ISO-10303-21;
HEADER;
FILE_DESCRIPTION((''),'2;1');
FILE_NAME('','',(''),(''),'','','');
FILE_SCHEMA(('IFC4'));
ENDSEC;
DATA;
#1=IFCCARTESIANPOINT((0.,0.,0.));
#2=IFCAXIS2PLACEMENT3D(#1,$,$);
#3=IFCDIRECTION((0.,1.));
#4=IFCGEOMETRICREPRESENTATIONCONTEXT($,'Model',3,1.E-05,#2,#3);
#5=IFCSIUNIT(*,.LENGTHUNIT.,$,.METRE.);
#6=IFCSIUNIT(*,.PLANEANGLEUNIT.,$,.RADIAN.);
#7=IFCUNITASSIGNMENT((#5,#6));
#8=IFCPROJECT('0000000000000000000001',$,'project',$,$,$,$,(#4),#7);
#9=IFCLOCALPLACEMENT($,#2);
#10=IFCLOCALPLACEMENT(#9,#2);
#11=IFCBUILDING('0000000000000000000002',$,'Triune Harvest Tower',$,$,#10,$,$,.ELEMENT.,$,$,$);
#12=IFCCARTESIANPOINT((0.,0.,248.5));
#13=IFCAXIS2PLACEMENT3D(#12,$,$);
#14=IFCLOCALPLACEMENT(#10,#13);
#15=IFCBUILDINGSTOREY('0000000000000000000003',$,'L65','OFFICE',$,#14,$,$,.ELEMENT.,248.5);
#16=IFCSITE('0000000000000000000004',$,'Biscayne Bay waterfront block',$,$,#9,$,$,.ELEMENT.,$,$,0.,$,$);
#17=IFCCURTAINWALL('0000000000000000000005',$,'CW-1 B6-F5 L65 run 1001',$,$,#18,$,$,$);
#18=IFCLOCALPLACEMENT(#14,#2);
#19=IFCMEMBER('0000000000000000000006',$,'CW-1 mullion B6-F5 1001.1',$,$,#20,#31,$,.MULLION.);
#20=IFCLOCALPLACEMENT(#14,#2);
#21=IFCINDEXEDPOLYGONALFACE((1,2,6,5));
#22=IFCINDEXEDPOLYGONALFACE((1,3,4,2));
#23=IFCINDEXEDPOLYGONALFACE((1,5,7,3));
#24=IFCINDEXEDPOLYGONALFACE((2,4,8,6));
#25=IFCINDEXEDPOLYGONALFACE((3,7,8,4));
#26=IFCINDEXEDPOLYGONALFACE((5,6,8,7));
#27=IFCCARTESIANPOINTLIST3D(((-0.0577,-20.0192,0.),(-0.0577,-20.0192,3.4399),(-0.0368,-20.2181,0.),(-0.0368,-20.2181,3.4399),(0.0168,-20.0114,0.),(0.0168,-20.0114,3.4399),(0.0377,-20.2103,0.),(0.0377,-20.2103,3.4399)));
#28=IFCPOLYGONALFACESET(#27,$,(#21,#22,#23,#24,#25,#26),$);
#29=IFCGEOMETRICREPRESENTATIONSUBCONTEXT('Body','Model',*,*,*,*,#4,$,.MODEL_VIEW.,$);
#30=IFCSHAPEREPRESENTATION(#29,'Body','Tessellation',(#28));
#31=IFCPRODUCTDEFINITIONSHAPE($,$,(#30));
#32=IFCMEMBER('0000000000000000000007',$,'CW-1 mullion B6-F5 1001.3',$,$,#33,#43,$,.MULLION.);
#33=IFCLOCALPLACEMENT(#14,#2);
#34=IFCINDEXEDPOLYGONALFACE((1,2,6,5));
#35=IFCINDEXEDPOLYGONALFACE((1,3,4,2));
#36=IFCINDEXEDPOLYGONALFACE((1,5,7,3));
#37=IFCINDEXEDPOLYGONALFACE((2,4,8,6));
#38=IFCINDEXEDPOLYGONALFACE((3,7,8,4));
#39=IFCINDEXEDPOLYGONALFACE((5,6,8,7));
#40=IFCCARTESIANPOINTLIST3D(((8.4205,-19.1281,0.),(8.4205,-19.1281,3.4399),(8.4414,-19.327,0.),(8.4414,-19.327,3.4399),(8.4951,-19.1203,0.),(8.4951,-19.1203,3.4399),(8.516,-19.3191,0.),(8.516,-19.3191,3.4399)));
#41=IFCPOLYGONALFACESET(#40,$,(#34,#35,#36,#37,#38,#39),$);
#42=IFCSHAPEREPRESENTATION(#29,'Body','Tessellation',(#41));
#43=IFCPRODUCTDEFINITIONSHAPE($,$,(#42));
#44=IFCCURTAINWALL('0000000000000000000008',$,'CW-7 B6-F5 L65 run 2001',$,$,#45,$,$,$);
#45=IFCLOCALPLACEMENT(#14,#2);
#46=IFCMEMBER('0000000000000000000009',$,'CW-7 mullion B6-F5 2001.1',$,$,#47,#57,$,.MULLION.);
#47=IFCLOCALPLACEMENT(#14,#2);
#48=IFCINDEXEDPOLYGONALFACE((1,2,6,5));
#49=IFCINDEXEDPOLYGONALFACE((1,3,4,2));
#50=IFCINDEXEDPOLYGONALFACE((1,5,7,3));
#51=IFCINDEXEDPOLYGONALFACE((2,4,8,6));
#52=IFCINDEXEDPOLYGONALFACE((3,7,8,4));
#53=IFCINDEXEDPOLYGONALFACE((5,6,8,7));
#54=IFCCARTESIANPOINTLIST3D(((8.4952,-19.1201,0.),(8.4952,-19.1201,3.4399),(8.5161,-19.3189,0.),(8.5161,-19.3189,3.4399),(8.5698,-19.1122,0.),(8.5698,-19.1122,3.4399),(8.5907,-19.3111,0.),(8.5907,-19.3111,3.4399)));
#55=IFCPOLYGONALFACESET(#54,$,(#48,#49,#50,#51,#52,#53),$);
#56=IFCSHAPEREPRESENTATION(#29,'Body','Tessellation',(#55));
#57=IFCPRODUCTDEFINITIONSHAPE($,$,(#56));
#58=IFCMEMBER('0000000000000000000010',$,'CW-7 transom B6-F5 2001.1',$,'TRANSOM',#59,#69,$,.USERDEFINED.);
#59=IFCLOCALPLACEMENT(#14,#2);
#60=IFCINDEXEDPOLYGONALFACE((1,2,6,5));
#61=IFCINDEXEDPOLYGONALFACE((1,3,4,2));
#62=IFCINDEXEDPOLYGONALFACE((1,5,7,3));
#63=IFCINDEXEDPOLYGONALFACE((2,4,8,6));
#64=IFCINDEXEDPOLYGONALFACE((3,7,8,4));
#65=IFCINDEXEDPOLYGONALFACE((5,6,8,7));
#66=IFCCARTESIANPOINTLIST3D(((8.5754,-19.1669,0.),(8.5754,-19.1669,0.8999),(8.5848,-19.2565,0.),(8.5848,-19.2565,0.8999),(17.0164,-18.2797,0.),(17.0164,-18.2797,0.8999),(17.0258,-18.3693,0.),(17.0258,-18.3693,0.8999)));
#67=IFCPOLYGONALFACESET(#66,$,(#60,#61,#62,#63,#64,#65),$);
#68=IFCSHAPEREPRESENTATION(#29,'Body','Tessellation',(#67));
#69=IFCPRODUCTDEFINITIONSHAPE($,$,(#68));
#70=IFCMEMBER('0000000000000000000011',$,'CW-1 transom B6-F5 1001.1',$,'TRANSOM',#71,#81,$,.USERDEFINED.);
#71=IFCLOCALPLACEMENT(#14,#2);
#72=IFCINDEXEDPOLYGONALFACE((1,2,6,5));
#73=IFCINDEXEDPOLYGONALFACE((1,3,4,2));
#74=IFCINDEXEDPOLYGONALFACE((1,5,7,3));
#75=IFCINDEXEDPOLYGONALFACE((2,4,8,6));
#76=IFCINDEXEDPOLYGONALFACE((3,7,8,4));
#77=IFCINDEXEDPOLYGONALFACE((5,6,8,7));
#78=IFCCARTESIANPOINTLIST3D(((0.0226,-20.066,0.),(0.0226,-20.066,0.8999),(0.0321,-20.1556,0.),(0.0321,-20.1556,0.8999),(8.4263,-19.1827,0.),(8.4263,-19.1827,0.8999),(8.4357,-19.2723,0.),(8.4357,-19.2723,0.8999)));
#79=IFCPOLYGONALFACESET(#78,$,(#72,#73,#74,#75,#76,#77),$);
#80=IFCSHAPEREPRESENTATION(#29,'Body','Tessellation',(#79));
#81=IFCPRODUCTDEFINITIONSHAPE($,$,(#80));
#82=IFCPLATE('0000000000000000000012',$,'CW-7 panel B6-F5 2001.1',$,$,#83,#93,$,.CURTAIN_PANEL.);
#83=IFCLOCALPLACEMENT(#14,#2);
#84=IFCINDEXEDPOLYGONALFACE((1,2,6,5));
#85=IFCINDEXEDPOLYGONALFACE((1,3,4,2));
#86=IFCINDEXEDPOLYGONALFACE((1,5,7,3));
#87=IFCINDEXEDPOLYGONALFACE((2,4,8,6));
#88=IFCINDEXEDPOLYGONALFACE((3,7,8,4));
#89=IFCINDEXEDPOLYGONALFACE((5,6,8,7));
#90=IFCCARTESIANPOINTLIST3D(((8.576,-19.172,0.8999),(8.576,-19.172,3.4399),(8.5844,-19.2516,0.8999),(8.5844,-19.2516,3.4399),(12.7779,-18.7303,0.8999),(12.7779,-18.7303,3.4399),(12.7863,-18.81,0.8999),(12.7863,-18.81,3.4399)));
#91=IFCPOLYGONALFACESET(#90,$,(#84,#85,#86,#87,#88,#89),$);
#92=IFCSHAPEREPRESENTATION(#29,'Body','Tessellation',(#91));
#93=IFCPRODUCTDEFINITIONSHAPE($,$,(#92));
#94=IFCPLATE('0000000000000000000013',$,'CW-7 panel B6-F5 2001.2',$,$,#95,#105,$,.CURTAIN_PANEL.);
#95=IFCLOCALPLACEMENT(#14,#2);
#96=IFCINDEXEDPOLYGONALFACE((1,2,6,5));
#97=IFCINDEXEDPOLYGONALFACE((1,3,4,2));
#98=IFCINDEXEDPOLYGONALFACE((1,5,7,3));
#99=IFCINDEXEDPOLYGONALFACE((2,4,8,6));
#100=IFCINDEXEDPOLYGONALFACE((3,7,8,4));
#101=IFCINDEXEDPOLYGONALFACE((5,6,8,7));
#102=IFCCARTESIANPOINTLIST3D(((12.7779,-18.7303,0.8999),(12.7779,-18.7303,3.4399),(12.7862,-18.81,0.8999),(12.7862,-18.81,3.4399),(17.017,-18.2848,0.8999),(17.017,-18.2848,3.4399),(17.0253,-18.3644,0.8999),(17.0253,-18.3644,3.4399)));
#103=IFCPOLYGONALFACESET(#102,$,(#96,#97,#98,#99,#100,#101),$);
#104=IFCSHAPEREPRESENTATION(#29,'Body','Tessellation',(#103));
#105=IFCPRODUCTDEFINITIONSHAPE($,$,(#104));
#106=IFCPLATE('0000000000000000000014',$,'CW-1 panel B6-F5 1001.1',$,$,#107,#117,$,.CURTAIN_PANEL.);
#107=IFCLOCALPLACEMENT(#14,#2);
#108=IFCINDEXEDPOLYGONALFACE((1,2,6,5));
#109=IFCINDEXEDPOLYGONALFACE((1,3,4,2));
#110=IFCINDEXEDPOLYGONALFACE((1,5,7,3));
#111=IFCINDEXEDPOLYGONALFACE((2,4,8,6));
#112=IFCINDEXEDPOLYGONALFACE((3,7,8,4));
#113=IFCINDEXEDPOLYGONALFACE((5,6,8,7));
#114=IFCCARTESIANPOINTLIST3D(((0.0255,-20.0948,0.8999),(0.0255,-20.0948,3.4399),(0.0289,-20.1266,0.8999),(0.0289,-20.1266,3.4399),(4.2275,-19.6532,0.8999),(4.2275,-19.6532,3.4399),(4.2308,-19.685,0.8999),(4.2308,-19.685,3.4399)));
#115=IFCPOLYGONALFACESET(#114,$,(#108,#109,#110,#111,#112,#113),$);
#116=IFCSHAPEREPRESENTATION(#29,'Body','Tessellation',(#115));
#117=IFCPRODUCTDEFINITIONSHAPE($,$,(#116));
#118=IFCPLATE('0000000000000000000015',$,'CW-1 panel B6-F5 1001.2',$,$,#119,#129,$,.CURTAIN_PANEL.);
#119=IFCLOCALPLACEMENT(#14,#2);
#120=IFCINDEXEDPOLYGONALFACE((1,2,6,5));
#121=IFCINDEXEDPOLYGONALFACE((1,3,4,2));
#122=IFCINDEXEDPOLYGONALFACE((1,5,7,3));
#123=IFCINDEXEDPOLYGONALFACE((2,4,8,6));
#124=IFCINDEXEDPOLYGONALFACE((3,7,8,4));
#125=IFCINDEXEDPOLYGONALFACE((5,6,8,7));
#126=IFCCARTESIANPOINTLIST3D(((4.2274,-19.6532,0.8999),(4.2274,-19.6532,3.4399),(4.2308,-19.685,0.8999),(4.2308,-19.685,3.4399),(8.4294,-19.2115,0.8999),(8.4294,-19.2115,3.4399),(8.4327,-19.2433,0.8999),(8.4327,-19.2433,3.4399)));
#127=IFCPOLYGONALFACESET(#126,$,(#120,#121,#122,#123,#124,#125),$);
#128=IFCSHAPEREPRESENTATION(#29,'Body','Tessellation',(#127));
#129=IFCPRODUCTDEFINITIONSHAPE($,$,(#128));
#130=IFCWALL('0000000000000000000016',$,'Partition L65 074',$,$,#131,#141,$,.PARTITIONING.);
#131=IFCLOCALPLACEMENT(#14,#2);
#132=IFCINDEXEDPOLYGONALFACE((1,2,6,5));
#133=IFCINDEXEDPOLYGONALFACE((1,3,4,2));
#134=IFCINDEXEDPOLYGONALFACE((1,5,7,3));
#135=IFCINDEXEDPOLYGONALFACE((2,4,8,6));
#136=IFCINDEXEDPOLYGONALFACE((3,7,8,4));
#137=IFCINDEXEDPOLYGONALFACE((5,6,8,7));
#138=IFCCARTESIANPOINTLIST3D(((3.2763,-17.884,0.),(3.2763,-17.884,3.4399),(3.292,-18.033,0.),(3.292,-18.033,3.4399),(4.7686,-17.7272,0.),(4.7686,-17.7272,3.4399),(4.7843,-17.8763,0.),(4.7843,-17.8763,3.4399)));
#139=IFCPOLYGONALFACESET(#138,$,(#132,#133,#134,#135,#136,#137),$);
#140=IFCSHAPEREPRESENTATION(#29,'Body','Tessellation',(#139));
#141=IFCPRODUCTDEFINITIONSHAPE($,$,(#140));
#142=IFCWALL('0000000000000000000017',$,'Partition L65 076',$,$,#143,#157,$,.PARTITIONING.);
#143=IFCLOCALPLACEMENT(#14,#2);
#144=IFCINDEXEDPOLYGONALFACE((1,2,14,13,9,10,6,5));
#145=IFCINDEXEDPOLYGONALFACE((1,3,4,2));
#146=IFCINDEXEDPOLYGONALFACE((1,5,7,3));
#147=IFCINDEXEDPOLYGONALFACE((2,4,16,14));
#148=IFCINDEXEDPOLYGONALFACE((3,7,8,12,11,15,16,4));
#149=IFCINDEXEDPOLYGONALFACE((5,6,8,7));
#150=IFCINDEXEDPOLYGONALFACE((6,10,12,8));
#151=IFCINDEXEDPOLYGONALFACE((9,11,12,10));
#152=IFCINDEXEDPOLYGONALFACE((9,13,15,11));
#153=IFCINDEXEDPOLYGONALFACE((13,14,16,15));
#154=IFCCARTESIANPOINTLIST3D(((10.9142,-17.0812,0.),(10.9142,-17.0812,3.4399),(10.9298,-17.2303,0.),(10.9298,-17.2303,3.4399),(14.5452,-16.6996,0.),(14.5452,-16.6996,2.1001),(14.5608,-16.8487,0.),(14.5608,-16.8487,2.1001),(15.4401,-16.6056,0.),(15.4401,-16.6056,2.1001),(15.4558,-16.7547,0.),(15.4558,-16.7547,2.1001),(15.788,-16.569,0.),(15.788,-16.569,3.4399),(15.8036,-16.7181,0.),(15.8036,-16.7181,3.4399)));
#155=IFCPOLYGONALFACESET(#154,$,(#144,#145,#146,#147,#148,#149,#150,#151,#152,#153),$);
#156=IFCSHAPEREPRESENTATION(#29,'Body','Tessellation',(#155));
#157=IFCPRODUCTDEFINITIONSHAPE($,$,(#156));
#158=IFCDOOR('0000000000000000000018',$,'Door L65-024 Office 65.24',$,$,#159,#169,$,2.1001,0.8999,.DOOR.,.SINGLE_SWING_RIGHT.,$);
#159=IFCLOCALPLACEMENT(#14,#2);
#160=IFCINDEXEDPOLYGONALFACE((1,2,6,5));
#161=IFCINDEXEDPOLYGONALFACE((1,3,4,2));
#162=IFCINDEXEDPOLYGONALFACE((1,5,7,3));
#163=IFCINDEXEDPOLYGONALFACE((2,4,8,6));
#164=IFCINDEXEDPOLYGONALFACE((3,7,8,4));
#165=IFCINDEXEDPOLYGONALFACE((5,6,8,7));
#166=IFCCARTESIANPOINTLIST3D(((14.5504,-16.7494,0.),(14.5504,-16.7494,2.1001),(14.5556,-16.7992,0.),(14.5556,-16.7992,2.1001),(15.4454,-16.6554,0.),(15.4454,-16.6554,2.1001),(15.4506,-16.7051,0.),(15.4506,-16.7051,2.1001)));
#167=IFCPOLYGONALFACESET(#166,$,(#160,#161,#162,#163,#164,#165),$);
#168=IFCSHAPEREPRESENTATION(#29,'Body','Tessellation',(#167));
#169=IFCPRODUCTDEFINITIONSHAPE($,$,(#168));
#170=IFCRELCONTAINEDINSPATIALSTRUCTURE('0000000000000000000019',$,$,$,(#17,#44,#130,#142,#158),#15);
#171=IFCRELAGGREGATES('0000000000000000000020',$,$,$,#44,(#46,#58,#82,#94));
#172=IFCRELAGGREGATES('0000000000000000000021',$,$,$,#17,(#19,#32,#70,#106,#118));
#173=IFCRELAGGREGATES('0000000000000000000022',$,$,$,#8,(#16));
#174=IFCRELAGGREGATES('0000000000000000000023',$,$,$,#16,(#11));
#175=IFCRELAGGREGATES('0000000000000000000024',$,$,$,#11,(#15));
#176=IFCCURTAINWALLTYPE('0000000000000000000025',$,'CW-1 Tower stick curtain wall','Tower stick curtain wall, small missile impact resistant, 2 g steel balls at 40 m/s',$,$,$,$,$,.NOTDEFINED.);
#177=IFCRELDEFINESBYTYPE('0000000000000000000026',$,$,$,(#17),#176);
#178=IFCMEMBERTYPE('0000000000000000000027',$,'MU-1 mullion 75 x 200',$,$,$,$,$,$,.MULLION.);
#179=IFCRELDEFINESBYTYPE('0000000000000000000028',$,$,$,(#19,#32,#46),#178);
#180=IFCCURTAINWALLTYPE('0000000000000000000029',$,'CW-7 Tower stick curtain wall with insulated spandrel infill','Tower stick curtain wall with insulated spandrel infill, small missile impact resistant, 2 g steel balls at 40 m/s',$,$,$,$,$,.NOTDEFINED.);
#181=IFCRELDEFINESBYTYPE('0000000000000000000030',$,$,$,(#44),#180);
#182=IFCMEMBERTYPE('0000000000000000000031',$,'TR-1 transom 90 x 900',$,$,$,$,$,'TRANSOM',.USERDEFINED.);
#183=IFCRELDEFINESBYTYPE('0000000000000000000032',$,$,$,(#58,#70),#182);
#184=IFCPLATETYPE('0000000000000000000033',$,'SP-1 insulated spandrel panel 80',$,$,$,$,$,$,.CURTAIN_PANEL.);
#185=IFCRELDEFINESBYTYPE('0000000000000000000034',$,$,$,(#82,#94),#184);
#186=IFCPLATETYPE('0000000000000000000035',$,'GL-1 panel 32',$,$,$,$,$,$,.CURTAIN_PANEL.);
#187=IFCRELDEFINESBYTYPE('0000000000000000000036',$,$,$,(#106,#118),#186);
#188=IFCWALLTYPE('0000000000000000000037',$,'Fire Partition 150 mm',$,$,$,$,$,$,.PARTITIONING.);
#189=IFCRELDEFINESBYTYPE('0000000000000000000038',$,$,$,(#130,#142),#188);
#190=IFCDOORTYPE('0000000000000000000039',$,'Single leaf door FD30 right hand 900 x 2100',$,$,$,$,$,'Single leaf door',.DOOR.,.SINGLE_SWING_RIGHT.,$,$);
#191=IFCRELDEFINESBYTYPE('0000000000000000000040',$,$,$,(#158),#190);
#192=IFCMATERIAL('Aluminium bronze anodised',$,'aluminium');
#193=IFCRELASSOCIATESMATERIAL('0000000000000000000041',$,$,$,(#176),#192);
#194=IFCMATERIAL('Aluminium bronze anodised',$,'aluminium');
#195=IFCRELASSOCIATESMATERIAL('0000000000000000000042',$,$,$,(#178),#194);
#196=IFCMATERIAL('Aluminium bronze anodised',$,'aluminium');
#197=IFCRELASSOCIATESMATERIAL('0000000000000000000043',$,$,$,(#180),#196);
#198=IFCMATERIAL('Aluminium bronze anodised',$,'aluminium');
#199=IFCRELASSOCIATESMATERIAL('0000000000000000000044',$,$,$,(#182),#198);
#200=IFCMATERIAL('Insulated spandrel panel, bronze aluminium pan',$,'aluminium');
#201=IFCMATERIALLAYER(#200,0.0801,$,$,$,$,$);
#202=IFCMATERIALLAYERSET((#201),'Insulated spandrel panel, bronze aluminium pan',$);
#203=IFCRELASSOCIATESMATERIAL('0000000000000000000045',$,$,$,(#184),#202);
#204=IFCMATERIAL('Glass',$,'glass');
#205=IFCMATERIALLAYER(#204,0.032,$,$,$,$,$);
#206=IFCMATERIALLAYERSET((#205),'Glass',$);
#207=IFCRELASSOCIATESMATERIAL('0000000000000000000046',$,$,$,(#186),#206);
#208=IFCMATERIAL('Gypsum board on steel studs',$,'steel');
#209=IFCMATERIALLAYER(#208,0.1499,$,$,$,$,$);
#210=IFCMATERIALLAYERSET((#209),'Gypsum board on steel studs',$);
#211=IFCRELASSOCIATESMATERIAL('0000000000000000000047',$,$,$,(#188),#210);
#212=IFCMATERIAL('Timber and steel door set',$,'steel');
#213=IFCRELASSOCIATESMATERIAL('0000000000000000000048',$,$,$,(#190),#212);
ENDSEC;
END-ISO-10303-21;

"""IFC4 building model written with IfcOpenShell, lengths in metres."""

from ifc_helpers import new_model, si_unit, direction, frame, frame_2d, origin, origin_2d, place, context, subcontext, project, spatial, rectangle, extrude, source, transform, mapped, material, layer, layer_set, material_profile, profile_set, type_object, element, fill, aggregate, save


model = new_model("IFC4")

# Units and contexts
model_context = context("Model", 3, precision=1e-05, world=origin(), true_north=direction((0.0, 1.0)))
body_context = subcontext(model_context, "Body", "Model", "MODEL_VIEW")
ifc_project = project(units=[si_unit("LENGTHUNIT", "METRE"), si_unit("PLANEANGLEUNIT", "RADIAN")], contexts=[model_context])

# Site, building, storey
site_placement = place(None, origin())
site = spatial("IfcSite", under=ifc_project, at=site_placement, Name="Biscayne Bay waterfront block", CompositionType="ELEMENT", RefElevation=0.0)
building_placement = place(site_placement, origin())
building = spatial("IfcBuilding", under=site, at=building_placement, Name="Triune Harvest Tower", CompositionType="ELEMENT")
storey_placement = place(building_placement, frame((0.0, 0.0, 248.5)))
storey = spatial("IfcBuildingStorey", under=building, at=storey_placement, Name="L65", Description="OFFICE", CompositionType="ELEMENT", Elevation=248.5)

# Curtain walls, members
ifc_material_1 = material(Name="Aluminium bronze anodised", Category="aluminium")
curtain_wall_type_1 = type_object("IfcCurtainWallType", Name="CW-1 Tower stick curtain wall", Description="Tower stick curtain wall, small missile impact resistant, 2 g steel balls at 40 m/s", PredefinedType="NOTDEFINED", material=ifc_material_1)
curtain_wall_1_placement = place(storey_placement, origin())
curtain_wall_1 = element("IfcCurtainWall", 1, at=curtain_wall_1_placement, inside=storey, type_object=curtain_wall_type_1, Name="CW-1 B6-F5 L65 run 1001")
ifc_material_2 = material(Name="Aluminium bronze anodised", Category="aluminium")
ifc_material_profile_1 = material_profile(ifc_material_2, rectangle(XDim=0.2, YDim=0.075, at=origin_2d()), Name="MU-1 mullion 75 x 200")
ifc_profile_set_1 = profile_set([ifc_material_profile_1], Name="Aluminium bronze anodised")
member_type_1 = type_object("IfcMemberType", Name="MU-1 mullion 75 x 200", PredefinedType="MULLION", material=ifc_profile_set_1)
shared_shape_1 = source(origin(), body_context, "Body", "SweptSolid", [
    extrude(rectangle(XDim=0.2, YDim=0.075, at=origin_2d()), origin(), (0.0, 0.0, 1.0), 3.4399),
])
member_1_placement = place(storey_placement, frame((-0.01, -20.1147, 0.0), z_axis=(0.0, 0.0, 1.0), x_axis=(-0.104535, 0.994521, 0.0)))
member_1 = element("IfcMember", 2, at=member_1_placement, type_object=member_type_1, Name="CW-1 mullion B6-F5 1001.1", PredefinedType="MULLION", context=body_context, shape_type="MappedRepresentation", body=[
    mapped(shared_shape_1, transform((0.0, 0.0, 0.0), scale=1.0)),
])
member_2_placement = place(storey_placement, frame((8.4683, -19.2236, 0.0), z_axis=(0.0, 0.0, 1.0), x_axis=(-0.104535, 0.994521, 0.0)))
member_2 = element("IfcMember", 3, at=member_2_placement, type_object=member_type_1, Name="CW-1 mullion B6-F5 1001.3", PredefinedType="MULLION", context=body_context, shape_type="MappedRepresentation", body=[
    mapped(shared_shape_1, transform((0.0, 0.0, 0.0), scale=1.0)),
])
ifc_material_3 = material(Name="Aluminium bronze anodised", Category="aluminium")
curtain_wall_type_2 = type_object("IfcCurtainWallType", Name="CW-7 Tower stick curtain wall with insulated spandrel infill", Description="Tower stick curtain wall with insulated spandrel infill, small missile impact resistant, 2 g steel balls at 40 m/s", PredefinedType="NOTDEFINED", material=ifc_material_3)
curtain_wall_2_placement = place(storey_placement, origin())
curtain_wall_2 = element("IfcCurtainWall", 4, at=curtain_wall_2_placement, inside=storey, type_object=curtain_wall_type_2, Name="CW-7 B6-F5 L65 run 2001")
member_3_placement = place(storey_placement, frame((8.543, -19.2156, 0.0), z_axis=(0.0, 0.0, 1.0), x_axis=(-0.104528, 0.994522, 0.0)))
member_3 = element("IfcMember", 5, at=member_3_placement, type_object=member_type_1, Name="CW-7 mullion B6-F5 2001.1", PredefinedType="MULLION", context=body_context, shape_type="MappedRepresentation", body=[
    mapped(shared_shape_1, transform((0.0, 0.0, 0.0), scale=1.0)),
])
ifc_material_4 = material(Name="Aluminium bronze anodised", Category="aluminium")
ifc_material_profile_2 = material_profile(ifc_material_4, rectangle(XDim=0.0901, YDim=0.8999, at=origin_2d()), Name="TR-1 transom 90 x 900")
ifc_profile_set_2 = profile_set([ifc_material_profile_2], Name="Aluminium bronze anodised")
member_type_2 = type_object("IfcMemberType", Name="TR-1 transom 90 x 900", ElementType="TRANSOM", PredefinedType="USERDEFINED", material=ifc_profile_set_2)
shared_shape_2 = source(origin(), body_context, "Body", "SweptSolid", [
    extrude(rectangle(XDim=0.0901, YDim=0.8999, at=origin_2d()), origin(), (0.0, 0.0, 1.0), 8.4875),
])
member_4_placement = place(storey_placement, frame((8.5801, -19.2117, 0.45), z_axis=(0.994522, 0.104529, 0.0), x_axis=(-0.104529, 0.994522, 0.0)))
member_4 = element("IfcMember", 6, at=member_4_placement, type_object=member_type_2, Name="CW-7 transom B6-F5 2001.1", ObjectType="TRANSOM", PredefinedType="USERDEFINED", context=body_context, shape_type="MappedRepresentation", body=[
    mapped(shared_shape_2, transform((0.0, 0.0, 0.0), scale=1.0)),
])

# Member
shared_shape_3 = source(origin(), body_context, "Body", "SweptSolid", [
    extrude(rectangle(XDim=0.0901, YDim=0.8999, at=origin_2d()), origin(), (0.0, 0.0, 1.0), 8.45),
])
member_5_placement = place(storey_placement, frame((0.0273, -20.1108, 0.45), z_axis=(0.994521, 0.104534, 0.0), x_axis=(-0.104534, 0.994521, 0.0)))
member_5 = element("IfcMember", 7, at=member_5_placement, type_object=member_type_2, Name="CW-1 transom B6-F5 1001.1", ObjectType="TRANSOM", PredefinedType="USERDEFINED", context=body_context, shape_type="MappedRepresentation", body=[
    mapped(shared_shape_3, transform((0.0, 0.0, 0.0), scale=1.0)),
])

# Plates
ifc_material_5 = material(Name="Insulated spandrel panel, bronze aluminium pan", Category="aluminium")
ifc_layer_1 = layer(ifc_material_5, 0.0801)
ifc_layer_set_1 = layer_set([ifc_layer_1], Name="Insulated spandrel panel, bronze aluminium pan")
plate_type_1 = type_object("IfcPlateType", Name="SP-1 insulated spandrel panel 80", PredefinedType="CURTAIN_PANEL", material=ifc_layer_set_1)
shared_shape_4 = source(origin(), body_context, "Body", "SweptSolid", [
    extrude(rectangle(XDim=4.2251, YDim=0.0801, at=origin_2d()), origin(), (0.0, 0.0, 1.0), 2.54),
])
plate_1_placement = place(storey_placement, frame((10.6812, -18.991, 0.8999), z_axis=(0.0, 0.0, 1.0), x_axis=(0.994522, 0.104528, 0.0)))
plate_1 = element("IfcPlate", 8, at=plate_1_placement, type_object=plate_type_1, Name="CW-7 panel B6-F5 2001.1", PredefinedType="CURTAIN_PANEL", context=body_context, shape_type="MappedRepresentation", body=[
    mapped(shared_shape_4, transform((0.0, 0.0, 0.0), scale=1.0)),
])
shared_shape_5 = source(origin(), body_context, "Body", "SweptSolid", [
    extrude(rectangle(XDim=4.2625, YDim=0.0801, at=origin_2d()), origin(), (0.0, 0.0, 1.0), 2.54),
])
plate_2_placement = place(storey_placement, frame((14.9016, -18.5474, 0.8999), z_axis=(0.0, 0.0, 1.0), x_axis=(0.994522, 0.104528, 0.0)))
plate_2 = element("IfcPlate", 9, at=plate_2_placement, type_object=plate_type_1, Name="CW-7 panel B6-F5 2001.2", PredefinedType="CURTAIN_PANEL", context=body_context, shape_type="MappedRepresentation", body=[
    mapped(shared_shape_5, transform((0.0, 0.0, 0.0), scale=1.0)),
])
aggregate(curtain_wall_2, [member_3, member_4, plate_1, plate_2])
ifc_material_6 = material(Name="Glass", Category="glass")
ifc_layer_2 = layer(ifc_material_6, 0.032)
ifc_layer_set_2 = layer_set([ifc_layer_2], Name="Glass")
plate_type_2 = type_object("IfcPlateType", Name="GL-1 panel 32", PredefinedType="CURTAIN_PANEL", material=ifc_layer_set_2)
shared_shape_6 = source(origin(), body_context, "Body", "SweptSolid", [
    extrude(rectangle(XDim=4.2251, YDim=0.032, at=origin_2d()), origin(), (0.0, 0.0, 1.0), 2.54),
])
plate_3_placement = place(storey_placement, frame((2.1282, -19.8899, 0.8999), z_axis=(0.0, 0.0, 1.0), x_axis=(0.994521, 0.104535, 0.0)))
plate_3 = element("IfcPlate", 10, at=plate_3_placement, type_object=plate_type_2, Name="CW-1 panel B6-F5 1001.1", PredefinedType="CURTAIN_PANEL", context=body_context, shape_type="MappedRepresentation", body=[
    mapped(shared_shape_6, transform((0.0, 0.0, 0.0), scale=1.0)),
])
plate_4_placement = place(storey_placement, frame((6.3301, -19.4482, 0.8999), z_axis=(0.0, 0.0, 1.0), x_axis=(0.994521, 0.104535, 0.0)))
plate_4 = element("IfcPlate", 11, at=plate_4_placement, type_object=plate_type_2, Name="CW-1 panel B6-F5 1001.2", PredefinedType="CURTAIN_PANEL", context=body_context, shape_type="MappedRepresentation", body=[
    mapped(shared_shape_6, transform((0.0, 0.0, 0.0), scale=1.0)),
])
aggregate(curtain_wall_1, [member_1, member_2, member_5, plate_3, plate_4])

# Wall
ifc_material_7 = material(Name="Gypsum board on steel studs", Category="steel")
ifc_layer_3 = layer(ifc_material_7, 0.1499)
ifc_layer_set_3 = layer_set([ifc_layer_3], Name="Gypsum board on steel studs")
wall_type = type_object("IfcWallType", Name="Fire Partition 150 mm", PredefinedType="PARTITIONING", material=ifc_layer_set_3)
wall_1_placement = place(storey_placement, frame((3.2842, -17.9585, 0.0), z_axis=(0.0, 0.0, 1.0), x_axis=(0.994529, 0.104465, 0.0)))
element("IfcWall", 12, at=wall_1_placement, inside=storey, type_object=wall_type, Name="Partition L65 074", PredefinedType="PARTITIONING", context=body_context, shape_type="SweptSolid", body=[
    extrude(rectangle(XDim=1.5005, YDim=0.1499, at=frame_2d((0.7502, 0.0))), origin(), (0.0, 0.0, 1.0), 3.4399),
])

# Wall, opening, door
wall_2_placement = place(storey_placement, frame((10.9221, -17.1558, 0.0), z_axis=(0.0, 0.0, 1.0), x_axis=(0.994523, 0.104519, 0.0)))
wall_2 = element("IfcWall", 13, at=wall_2_placement, inside=storey, type_object=wall_type, Name="Partition L65 076", PredefinedType="PARTITIONING", context=body_context, shape_type="SweptSolid", body=[
    extrude(rectangle(XDim=4.9006, YDim=0.1499, at=frame_2d((2.4502, 0.0))), origin(), (0.0, 0.0, 1.0), 3.4399),
])
opening_placement = place(wall_2_placement, frame((3.6509, 0.0, 0.0)))
opening = element("IfcOpeningElement", 14, at=opening_placement, cuts=wall_2, PredefinedType="OPENING", context=body_context, shape_type="SweptSolid", body=[
    extrude(rectangle(XDim=0.8999, YDim=2.1001, at=frame_2d((0.45, 1.05))), frame((0.0, 0.085, 0.0), z_axis=(0.0, -1.0, 0.0), x_axis=(1.0, 0.0, 0.0)), (0.0, 0.0, 1.0), 0.1699),
])
ifc_material_8 = material(Name="Timber and steel door set", Category="steel")
door_type = type_object("IfcDoorType", Name="Single leaf door FD30 right hand 900 x 2100", ElementType="Single leaf door", OperationType="SINGLE_SWING_RIGHT", PredefinedType="DOOR", material=ifc_material_8)
door_placement = place(opening_placement, origin())
door = element("IfcDoor", 15, at=door_placement, inside=storey, type_object=door_type, Name="Door L65-024 Office 65.24", OperationType="SINGLE_SWING_RIGHT", OverallHeight=2.1001, OverallWidth=0.8999, PredefinedType="DOOR", context=body_context, shape_type="SweptSolid", body=[
    extrude(rectangle(XDim=0.8999, YDim=2.1001, at=frame_2d((0.45, 1.05))), frame((0.0, 0.0249, 0.0), z_axis=(0.0, -1.0, 0.0), x_axis=(1.0, 0.0, 0.0)), (0.0, 0.0, 1.0), 0.05),
])
fill(opening, door)

save(model, "model.ifc")
